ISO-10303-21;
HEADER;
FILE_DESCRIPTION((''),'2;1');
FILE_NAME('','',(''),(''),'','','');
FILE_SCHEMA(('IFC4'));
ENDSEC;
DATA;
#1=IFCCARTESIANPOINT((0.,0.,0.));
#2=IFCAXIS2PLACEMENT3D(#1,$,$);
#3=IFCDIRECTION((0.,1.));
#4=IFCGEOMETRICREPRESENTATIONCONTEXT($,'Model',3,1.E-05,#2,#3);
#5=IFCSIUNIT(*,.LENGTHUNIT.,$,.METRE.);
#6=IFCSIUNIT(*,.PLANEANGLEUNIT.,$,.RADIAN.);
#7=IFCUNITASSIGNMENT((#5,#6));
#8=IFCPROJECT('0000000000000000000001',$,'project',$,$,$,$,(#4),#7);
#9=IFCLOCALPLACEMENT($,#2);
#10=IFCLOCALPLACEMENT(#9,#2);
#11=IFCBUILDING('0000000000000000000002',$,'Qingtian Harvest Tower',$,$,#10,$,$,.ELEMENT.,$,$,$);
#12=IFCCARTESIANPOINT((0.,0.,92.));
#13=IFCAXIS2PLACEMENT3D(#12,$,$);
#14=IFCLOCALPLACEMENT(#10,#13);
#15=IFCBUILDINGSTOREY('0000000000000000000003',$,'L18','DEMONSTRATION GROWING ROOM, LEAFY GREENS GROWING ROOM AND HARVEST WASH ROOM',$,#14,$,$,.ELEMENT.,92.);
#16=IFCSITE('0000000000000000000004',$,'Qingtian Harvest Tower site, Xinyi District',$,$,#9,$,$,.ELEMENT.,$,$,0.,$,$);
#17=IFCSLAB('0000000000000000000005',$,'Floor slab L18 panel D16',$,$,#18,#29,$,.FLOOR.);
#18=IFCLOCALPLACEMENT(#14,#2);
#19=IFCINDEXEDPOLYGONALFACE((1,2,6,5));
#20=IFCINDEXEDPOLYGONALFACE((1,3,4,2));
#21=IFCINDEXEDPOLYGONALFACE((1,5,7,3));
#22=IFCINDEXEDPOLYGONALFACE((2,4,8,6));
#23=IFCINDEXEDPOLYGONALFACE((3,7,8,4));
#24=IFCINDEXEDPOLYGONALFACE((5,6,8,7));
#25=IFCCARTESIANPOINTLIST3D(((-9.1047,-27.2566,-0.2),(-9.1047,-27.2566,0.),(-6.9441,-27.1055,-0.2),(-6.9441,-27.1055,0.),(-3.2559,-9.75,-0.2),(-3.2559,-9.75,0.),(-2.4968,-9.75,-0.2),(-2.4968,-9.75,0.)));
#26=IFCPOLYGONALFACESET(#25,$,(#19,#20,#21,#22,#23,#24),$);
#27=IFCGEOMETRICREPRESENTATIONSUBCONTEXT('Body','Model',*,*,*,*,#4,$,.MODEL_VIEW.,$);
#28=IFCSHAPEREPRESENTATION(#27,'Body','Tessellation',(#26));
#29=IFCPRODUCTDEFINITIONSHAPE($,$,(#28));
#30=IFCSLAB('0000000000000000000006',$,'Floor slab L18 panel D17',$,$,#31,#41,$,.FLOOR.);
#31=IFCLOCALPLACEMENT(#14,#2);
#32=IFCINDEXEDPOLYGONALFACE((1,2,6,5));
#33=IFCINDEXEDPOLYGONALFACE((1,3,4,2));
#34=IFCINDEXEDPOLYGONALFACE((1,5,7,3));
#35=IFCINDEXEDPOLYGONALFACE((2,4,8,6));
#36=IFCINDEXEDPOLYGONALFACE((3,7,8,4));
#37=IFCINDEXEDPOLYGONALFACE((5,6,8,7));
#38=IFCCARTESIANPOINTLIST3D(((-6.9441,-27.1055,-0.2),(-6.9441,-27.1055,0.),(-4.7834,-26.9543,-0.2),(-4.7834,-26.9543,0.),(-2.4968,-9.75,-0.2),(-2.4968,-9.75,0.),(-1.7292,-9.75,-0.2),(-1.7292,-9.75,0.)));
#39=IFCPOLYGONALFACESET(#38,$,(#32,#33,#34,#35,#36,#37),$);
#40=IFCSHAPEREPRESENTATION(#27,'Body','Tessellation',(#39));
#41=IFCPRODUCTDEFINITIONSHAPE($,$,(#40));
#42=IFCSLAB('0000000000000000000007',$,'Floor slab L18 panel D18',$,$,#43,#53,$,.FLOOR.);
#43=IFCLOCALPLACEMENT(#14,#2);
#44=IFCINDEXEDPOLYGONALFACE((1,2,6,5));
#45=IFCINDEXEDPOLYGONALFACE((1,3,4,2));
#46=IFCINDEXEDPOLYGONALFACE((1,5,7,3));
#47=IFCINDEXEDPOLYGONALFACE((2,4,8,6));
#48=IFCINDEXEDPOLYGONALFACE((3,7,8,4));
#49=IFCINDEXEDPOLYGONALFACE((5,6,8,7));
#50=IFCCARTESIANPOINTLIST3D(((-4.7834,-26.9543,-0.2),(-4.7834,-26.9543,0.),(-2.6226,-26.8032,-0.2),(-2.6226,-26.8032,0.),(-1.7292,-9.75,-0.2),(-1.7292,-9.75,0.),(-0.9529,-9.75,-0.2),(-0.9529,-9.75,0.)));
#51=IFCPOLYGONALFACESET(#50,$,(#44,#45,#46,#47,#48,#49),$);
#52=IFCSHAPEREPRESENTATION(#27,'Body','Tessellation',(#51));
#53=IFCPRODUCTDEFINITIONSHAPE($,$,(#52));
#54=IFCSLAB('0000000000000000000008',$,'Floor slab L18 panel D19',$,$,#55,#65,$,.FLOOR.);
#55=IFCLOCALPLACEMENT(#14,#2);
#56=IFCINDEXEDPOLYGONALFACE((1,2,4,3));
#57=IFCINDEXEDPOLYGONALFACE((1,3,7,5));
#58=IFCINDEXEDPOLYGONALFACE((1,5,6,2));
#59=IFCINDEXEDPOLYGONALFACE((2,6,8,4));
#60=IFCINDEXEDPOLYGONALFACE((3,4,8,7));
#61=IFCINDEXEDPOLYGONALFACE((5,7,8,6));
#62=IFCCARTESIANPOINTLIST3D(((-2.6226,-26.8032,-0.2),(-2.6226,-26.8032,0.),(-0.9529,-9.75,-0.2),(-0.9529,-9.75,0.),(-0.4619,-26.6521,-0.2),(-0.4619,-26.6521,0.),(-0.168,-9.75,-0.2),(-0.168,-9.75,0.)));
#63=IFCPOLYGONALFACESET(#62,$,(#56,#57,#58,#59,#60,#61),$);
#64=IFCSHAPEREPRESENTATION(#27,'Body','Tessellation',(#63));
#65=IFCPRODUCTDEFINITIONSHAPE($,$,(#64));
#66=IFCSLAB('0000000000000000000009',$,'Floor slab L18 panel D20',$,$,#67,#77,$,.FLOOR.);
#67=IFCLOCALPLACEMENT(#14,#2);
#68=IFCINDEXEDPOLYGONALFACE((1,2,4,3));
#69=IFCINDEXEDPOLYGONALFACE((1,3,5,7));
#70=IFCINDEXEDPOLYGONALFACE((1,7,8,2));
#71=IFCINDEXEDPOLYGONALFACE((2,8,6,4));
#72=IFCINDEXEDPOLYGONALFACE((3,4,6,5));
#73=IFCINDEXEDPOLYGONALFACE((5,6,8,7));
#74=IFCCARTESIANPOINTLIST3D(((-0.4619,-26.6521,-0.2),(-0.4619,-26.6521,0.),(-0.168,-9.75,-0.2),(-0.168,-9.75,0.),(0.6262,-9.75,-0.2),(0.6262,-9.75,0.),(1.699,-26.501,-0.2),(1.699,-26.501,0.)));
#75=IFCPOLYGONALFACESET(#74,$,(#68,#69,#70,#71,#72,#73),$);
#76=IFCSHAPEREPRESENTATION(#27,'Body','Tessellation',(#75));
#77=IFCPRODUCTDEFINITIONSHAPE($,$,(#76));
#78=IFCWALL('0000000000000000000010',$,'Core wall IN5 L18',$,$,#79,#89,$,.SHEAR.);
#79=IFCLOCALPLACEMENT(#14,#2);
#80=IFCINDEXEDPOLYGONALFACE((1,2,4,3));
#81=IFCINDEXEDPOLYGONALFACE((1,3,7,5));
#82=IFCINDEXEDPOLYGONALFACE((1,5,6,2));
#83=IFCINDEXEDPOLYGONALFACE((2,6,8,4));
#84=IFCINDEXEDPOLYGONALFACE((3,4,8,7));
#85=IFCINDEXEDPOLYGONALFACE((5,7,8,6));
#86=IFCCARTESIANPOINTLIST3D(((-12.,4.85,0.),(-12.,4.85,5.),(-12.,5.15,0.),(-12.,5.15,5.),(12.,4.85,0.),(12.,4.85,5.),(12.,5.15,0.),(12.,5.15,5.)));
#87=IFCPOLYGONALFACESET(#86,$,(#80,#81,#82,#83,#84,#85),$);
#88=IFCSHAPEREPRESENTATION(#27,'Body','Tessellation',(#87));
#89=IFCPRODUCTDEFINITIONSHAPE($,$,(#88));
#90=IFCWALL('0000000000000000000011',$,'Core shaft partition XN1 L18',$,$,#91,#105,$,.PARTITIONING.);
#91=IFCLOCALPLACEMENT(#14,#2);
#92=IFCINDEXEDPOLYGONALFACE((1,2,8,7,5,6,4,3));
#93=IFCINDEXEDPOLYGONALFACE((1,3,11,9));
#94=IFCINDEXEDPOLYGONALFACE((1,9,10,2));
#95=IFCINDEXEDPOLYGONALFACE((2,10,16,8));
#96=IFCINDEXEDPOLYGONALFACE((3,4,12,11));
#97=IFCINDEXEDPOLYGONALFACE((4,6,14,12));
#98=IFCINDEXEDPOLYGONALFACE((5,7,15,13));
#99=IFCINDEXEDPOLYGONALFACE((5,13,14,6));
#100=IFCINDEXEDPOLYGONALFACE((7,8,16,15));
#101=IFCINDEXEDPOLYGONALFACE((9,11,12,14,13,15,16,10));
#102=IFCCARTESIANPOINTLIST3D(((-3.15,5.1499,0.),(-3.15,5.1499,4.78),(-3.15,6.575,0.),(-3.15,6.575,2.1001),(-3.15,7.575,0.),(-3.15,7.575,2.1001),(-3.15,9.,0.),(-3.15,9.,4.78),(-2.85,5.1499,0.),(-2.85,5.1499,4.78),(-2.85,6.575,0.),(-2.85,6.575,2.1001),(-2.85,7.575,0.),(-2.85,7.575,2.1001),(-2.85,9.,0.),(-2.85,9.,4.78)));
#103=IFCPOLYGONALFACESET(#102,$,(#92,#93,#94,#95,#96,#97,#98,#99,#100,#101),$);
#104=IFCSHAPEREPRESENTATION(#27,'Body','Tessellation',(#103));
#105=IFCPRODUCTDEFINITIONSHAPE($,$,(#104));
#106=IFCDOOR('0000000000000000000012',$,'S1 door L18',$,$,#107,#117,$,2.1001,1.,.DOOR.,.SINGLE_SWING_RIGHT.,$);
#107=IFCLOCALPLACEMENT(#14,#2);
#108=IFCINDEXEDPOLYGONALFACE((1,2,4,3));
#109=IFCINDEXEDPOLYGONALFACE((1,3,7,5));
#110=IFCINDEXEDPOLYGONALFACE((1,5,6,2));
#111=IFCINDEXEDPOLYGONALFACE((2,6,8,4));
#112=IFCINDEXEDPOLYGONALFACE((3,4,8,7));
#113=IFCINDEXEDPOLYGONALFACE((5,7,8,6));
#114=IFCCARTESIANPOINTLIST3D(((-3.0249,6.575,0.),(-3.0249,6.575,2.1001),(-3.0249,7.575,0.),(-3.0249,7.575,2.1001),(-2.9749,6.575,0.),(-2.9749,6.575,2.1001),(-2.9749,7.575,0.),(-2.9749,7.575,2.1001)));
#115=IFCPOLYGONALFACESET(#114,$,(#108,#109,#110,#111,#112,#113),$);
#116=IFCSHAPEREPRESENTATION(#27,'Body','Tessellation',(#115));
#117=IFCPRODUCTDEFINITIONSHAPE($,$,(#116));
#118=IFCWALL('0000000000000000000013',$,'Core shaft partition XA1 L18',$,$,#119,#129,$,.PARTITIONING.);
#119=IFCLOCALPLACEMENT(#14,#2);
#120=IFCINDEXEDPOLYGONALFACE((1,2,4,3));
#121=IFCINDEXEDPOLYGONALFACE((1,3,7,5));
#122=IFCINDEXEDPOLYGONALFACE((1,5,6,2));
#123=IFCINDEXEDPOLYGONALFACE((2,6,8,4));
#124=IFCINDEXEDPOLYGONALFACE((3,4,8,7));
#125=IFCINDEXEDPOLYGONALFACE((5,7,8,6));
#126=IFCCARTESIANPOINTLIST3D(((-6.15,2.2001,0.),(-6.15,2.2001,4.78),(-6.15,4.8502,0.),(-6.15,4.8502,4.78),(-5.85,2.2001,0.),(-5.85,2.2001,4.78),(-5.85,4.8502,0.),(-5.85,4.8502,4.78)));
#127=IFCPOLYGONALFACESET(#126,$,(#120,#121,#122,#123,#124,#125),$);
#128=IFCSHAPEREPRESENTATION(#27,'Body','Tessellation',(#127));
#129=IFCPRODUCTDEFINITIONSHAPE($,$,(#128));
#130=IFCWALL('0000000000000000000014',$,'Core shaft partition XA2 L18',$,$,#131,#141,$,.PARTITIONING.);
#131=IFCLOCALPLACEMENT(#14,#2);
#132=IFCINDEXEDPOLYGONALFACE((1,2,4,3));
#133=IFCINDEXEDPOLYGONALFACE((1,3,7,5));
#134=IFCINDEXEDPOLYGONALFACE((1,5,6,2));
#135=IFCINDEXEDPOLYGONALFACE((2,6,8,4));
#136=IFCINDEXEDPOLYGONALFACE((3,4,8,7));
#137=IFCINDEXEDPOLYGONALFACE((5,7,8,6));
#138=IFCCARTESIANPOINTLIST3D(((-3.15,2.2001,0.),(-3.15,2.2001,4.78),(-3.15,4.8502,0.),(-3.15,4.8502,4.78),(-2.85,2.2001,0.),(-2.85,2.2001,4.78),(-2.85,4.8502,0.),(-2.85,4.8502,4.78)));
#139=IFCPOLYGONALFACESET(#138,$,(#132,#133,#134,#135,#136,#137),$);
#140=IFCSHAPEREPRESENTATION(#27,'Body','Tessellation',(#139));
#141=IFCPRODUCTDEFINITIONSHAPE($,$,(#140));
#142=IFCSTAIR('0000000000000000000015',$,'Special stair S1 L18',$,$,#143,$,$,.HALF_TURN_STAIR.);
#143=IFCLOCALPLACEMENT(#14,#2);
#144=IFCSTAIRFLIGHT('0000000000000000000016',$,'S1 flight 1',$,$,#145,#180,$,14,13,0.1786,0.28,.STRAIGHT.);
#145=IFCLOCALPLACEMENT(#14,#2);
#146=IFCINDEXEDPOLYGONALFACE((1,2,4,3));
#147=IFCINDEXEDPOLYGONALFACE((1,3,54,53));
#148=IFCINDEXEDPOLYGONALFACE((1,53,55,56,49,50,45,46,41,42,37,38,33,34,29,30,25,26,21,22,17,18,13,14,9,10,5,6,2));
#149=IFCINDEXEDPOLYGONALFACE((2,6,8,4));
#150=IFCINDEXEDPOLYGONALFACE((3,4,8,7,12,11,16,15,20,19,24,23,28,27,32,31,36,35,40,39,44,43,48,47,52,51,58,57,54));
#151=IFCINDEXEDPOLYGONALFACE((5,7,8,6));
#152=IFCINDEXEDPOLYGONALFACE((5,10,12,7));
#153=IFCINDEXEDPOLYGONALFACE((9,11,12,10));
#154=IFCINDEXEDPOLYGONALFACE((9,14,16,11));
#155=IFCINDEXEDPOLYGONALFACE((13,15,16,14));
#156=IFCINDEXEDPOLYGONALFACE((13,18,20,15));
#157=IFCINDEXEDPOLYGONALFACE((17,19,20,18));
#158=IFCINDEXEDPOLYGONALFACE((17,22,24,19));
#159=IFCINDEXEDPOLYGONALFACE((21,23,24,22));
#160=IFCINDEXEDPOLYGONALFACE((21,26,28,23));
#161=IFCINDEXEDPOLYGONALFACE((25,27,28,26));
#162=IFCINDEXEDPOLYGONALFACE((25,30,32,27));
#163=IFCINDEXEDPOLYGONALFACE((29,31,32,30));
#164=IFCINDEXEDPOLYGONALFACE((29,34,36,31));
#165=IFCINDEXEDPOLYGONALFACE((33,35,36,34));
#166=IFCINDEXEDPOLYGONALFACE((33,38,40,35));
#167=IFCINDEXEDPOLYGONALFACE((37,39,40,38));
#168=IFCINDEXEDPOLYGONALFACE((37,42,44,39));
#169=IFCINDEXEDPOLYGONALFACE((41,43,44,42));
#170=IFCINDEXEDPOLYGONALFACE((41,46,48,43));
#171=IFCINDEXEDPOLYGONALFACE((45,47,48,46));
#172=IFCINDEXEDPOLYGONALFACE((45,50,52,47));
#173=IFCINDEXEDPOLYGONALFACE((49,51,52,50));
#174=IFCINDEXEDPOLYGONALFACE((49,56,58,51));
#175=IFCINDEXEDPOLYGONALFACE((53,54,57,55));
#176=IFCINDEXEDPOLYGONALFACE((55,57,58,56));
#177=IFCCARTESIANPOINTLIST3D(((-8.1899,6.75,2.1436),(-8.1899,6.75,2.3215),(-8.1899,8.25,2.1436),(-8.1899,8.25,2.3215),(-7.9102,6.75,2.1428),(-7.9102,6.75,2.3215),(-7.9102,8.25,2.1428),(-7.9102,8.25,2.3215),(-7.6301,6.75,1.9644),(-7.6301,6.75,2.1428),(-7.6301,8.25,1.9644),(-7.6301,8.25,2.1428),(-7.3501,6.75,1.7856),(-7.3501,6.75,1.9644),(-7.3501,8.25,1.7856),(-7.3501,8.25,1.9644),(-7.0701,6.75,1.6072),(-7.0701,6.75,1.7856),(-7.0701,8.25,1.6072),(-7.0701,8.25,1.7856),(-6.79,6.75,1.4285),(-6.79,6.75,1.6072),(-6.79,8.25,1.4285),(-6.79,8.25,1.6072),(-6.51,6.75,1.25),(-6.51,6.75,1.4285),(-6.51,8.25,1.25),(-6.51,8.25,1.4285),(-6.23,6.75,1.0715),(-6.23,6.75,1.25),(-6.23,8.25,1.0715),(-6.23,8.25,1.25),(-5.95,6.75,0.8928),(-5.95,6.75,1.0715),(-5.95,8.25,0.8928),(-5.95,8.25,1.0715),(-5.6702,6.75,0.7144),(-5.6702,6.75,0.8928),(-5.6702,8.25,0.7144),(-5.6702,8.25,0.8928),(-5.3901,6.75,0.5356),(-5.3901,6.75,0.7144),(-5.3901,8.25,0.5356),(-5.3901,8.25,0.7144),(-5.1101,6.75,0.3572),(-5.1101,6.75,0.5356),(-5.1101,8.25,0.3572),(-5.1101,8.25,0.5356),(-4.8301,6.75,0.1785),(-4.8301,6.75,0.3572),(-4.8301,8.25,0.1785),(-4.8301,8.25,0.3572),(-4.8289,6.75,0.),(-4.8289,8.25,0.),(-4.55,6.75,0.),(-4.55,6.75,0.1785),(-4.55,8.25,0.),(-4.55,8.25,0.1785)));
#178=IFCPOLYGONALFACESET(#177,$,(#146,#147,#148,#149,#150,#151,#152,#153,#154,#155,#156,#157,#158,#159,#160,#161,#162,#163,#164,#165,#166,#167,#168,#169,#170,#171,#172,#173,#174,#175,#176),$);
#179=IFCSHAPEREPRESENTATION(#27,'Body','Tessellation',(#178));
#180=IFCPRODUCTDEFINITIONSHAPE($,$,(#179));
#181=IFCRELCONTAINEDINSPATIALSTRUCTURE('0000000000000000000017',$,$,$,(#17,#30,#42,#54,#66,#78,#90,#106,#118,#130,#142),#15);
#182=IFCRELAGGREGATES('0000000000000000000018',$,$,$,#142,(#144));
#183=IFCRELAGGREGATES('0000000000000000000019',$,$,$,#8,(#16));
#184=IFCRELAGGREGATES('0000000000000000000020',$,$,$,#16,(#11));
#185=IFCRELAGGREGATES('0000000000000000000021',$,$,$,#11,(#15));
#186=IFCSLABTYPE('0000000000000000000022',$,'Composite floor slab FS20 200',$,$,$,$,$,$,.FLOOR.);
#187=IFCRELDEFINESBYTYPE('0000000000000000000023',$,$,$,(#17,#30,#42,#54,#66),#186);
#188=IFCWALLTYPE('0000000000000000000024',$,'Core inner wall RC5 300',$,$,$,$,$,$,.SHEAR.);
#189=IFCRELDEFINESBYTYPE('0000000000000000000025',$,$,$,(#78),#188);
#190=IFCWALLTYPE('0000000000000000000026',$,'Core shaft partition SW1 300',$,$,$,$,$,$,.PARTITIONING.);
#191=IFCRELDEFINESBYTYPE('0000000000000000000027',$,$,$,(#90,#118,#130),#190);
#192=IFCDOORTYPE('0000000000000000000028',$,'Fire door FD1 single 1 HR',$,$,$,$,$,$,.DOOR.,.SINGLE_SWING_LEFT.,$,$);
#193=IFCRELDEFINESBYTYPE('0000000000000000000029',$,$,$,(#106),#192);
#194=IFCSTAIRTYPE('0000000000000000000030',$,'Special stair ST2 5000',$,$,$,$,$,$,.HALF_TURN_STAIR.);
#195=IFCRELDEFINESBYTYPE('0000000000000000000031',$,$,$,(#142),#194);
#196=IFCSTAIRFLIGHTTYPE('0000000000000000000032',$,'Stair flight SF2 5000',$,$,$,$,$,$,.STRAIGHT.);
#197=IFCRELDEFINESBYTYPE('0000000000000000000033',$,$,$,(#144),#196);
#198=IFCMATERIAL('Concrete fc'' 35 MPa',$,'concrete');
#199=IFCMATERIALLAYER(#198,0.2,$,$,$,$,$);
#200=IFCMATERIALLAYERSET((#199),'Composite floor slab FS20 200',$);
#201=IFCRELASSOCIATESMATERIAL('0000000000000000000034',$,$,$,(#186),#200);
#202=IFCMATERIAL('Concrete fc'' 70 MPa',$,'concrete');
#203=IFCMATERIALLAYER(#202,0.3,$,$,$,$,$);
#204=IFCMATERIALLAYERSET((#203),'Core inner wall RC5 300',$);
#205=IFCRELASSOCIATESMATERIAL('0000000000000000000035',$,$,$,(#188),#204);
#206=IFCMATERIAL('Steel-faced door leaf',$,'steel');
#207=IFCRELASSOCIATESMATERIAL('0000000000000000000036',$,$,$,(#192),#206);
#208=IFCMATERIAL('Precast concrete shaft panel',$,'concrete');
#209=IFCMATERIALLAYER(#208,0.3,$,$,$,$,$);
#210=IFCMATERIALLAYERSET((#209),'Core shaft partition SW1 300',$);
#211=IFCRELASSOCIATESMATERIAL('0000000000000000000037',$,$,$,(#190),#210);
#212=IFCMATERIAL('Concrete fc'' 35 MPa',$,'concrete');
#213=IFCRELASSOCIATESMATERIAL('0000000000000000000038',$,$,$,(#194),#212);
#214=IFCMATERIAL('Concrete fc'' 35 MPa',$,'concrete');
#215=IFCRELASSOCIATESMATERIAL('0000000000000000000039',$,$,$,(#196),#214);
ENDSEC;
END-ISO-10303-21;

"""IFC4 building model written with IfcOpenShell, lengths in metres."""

from ifc_helpers import new_model, si_unit, direction, frame, frame_2d, origin, place, context, subcontext, project, spatial, polyline, rectangle, outline, extrude, material, layer, layer_set, type_object, element, fill, aggregate, save


model = new_model("IFC4")

# Units and contexts
model_context = context("Model", 3, precision=1e-05, world=origin(), true_north=direction((0.0, 1.0)))
body_context = subcontext(model_context, "Body", "Model", "MODEL_VIEW")
ifc_project = project(units=[si_unit("LENGTHUNIT", "METRE"), si_unit("PLANEANGLEUNIT", "RADIAN")], contexts=[model_context])

# Site, building, storey
site_placement = place(None, origin())
site = spatial("IfcSite", under=ifc_project, at=site_placement, Name="Qingtian Harvest Tower site, Xinyi District", CompositionType="ELEMENT", RefElevation=0.0)
building_placement = place(site_placement, origin())
building = spatial("IfcBuilding", under=site, at=building_placement, Name="Qingtian Harvest Tower", CompositionType="ELEMENT")
storey_placement = place(building_placement, frame((0.0, 0.0, 92.0)))
storey = spatial("IfcBuildingStorey", under=building, at=storey_placement, Name="L18", Description="DEMONSTRATION GROWING ROOM, LEAFY GREENS GROWING ROOM AND HARVEST WASH ROOM", CompositionType="ELEMENT", Elevation=92.0)

# Slabs
ifc_material_1 = material(Name="Concrete fc' 35 MPa", Category="concrete")
ifc_layer_1 = layer(ifc_material_1, 0.2)
ifc_layer_set_1 = layer_set([ifc_layer_1], Name="Composite floor slab FS20 200")
slab_type = type_object("IfcSlabType", Name="Composite floor slab FS20 200", PredefinedType="FLOOR", material=ifc_layer_set_1)
slab_1_placement = place(storey_placement, frame((0.0, 0.0, -0.2)))
element("IfcSlab", 1, at=slab_1_placement, inside=storey, type_object=slab_type, Name="Floor slab L18 panel D16", PredefinedType="FLOOR", context=body_context, shape_type="SweptSolid", body=[
    extrude(outline(polyline([(-2.4968, -9.75), (-6.9441, -27.1055), (-9.1047, -27.2566), (-3.2559, -9.75), (-2.4968, -9.75)])), origin(), (0.0, 0.0, 1.0), 0.2),
])
slab_2_placement = place(storey_placement, frame((0.0, 0.0, -0.2)))
element("IfcSlab", 2, at=slab_2_placement, inside=storey, type_object=slab_type, Name="Floor slab L18 panel D17", PredefinedType="FLOOR", context=body_context, shape_type="SweptSolid", body=[
    extrude(outline(polyline([(-1.7292, -9.75), (-4.7834, -26.9543), (-6.9441, -27.1055), (-2.4968, -9.75), (-1.7292, -9.75)])), origin(), (0.0, 0.0, 1.0), 0.2),
])
slab_3_placement = place(storey_placement, frame((0.0, 0.0, -0.2)))
element("IfcSlab", 3, at=slab_3_placement, inside=storey, type_object=slab_type, Name="Floor slab L18 panel D18", PredefinedType="FLOOR", context=body_context, shape_type="SweptSolid", body=[
    extrude(outline(polyline([(-0.9529, -9.75), (-2.6226, -26.8032), (-4.7834, -26.9543), (-1.7292, -9.75), (-0.9529, -9.75)])), origin(), (0.0, 0.0, 1.0), 0.2),
])
slab_4_placement = place(storey_placement, frame((0.0, 0.0, -0.2)))
element("IfcSlab", 4, at=slab_4_placement, inside=storey, type_object=slab_type, Name="Floor slab L18 panel D19", PredefinedType="FLOOR", context=body_context, shape_type="SweptSolid", body=[
    extrude(outline(polyline([(-0.168, -9.75), (-0.4619, -26.6521), (-2.6226, -26.8032), (-0.9529, -9.75), (-0.168, -9.75)])), origin(), (0.0, 0.0, 1.0), 0.2),
])
slab_5_placement = place(storey_placement, frame((0.0, 0.0, -0.2)))
element("IfcSlab", 5, at=slab_5_placement, inside=storey, type_object=slab_type, Name="Floor slab L18 panel D20", PredefinedType="FLOOR", context=body_context, shape_type="SweptSolid", body=[
    extrude(outline(polyline([(0.6262, -9.75), (1.699, -26.501), (-0.4619, -26.6521), (-0.168, -9.75), (0.6262, -9.75)])), origin(), (0.0, 0.0, 1.0), 0.2),
])

# Wall
ifc_material_2 = material(Name="Concrete fc' 70 MPa", Category="concrete")
ifc_layer_2 = layer(ifc_material_2, 0.3)
ifc_layer_set_2 = layer_set([ifc_layer_2], Name="Core inner wall RC5 300")
wall_type_1 = type_object("IfcWallType", Name="Core inner wall RC5 300", PredefinedType="SHEAR", material=ifc_layer_set_2)
wall_1_placement = place(storey_placement, frame((-12.0, 5.0, 0.0), z_axis=(0.0, 0.0, 1.0), x_axis=(1.0, 0.0, 0.0)))
element("IfcWall", 6, at=wall_1_placement, inside=storey, type_object=wall_type_1, Name="Core wall IN5 L18", PredefinedType="SHEAR", context=body_context, shape_type="SweptSolid", body=[
    extrude(rectangle(XDim=24.0, YDim=0.3, at=frame_2d((12.0, 0.0))), origin(), (0.0, 0.0, 1.0), 5.0),
])

# Shared definitions
ifc_material_3 = material(Name="Steel-faced door leaf", Category="steel")
door_type_1 = type_object("IfcDoorType", Name="Fire door FD1 single 1 HR", OperationType="SINGLE_SWING_LEFT", PredefinedType="DOOR", material=ifc_material_3)

# Wall, opening, door
ifc_material_4 = material(Name="Precast concrete shaft panel", Category="concrete")
ifc_layer_3 = layer(ifc_material_4, 0.3)
ifc_layer_set_3 = layer_set([ifc_layer_3], Name="Core shaft partition SW1 300")
wall_type_2 = type_object("IfcWallType", Name="Core shaft partition SW1 300", PredefinedType="PARTITIONING", material=ifc_layer_set_3)
wall_2_placement = place(storey_placement, frame((-3.0, 5.1499, 0.0), z_axis=(0.0, 0.0, 1.0), x_axis=(0.0, 1.0, 0.0)))
wall_2 = element("IfcWall", 7, at=wall_2_placement, inside=storey, type_object=wall_type_2, Name="Core shaft partition XN1 L18", PredefinedType="PARTITIONING", context=body_context, shape_type="SweptSolid", body=[
    extrude(rectangle(XDim=3.8501, YDim=0.3, at=frame_2d((1.925, 0.0))), origin(), (0.0, 0.0, 1.0), 4.78),
])
opening_1_placement = place(wall_2_placement, frame((1.425, 0.0, 0.0)))
opening_1 = element("IfcOpeningElement", 8, at=opening_1_placement, cuts=wall_2, PredefinedType="OPENING", context=body_context, shape_type="SweptSolid", body=[
    extrude(rectangle(XDim=1.0, YDim=2.1001, at=frame_2d((0.5, 1.05))), frame((0.0, 0.1599, 0.0), z_axis=(0.0, -1.0, 0.0), x_axis=(1.0, 0.0, 0.0)), (0.0, 0.0, 1.0), 0.3201),
])
door_1_placement = place(opening_1_placement, origin())
door_1 = element("IfcDoor", 9, at=door_1_placement, inside=storey, type_object=door_type_1, Name="S1 door L18", OperationType="SINGLE_SWING_RIGHT", OverallHeight=2.1001, OverallWidth=1.0, PredefinedType="DOOR", context=body_context, shape_type="SweptSolid", body=[
    extrude(rectangle(XDim=1.0, YDim=2.1001, at=frame_2d((0.5, 1.05))), frame((0.0, 0.0249, 0.0), z_axis=(0.0, -1.0, 0.0), x_axis=(1.0, 0.0, 0.0)), (0.0, 0.0, 1.0), 0.05),
])
fill(opening_1, door_1)

# Walls
for number, where, z_axis, x_axis, name in (
    (10, (-6.0, 2.2, 0.0), (0.0, 0.0, 1.0), (0.0, 1.0, 0.0), "Core shaft partition XA1 L18"),
    (11, (-3.0, 2.2, 0.0), (0.0, 0.0, 1.0), (0.0, 1.0, 0.0), "Core shaft partition XA2 L18"),
):
    element("IfcWall", number, at=place(storey_placement, frame(where, z_axis=z_axis, x_axis=x_axis)), inside=storey, type_object=wall_type_2, Name=name, PredefinedType="PARTITIONING", context=body_context, shape_type="SweptSolid", body=[
        extrude(rectangle(XDim=2.6501, YDim=0.3, at=frame_2d((1.3252, 0.0))), origin(), (0.0, 0.0, 1.0), 4.78),
    ])

# Stair, stair flight
ifc_material_5 = material(Name="Concrete fc' 35 MPa", Category="concrete")
stair_type = type_object("IfcStairType", Name="Special stair ST2 5000", PredefinedType="HALF_TURN_STAIR", material=ifc_material_5)
stair_placement = place(storey_placement, origin())
stair = element("IfcStair", 12, at=stair_placement, inside=storey, type_object=stair_type, Name="Special stair S1 L18", PredefinedType="HALF_TURN_STAIR")
ifc_material_6 = material(Name="Concrete fc' 35 MPa", Category="concrete")
stair_flight_type = type_object("IfcStairFlightType", Name="Stair flight SF2 5000", PredefinedType="STRAIGHT", material=ifc_material_6)
stair_flight_1_placement = place(storey_placement, frame((-4.55, 7.5, 0.0), z_axis=(0.0, 0.0, 1.0), x_axis=(-1.0, 0.0, 0.0)))
stair_flight_1 = element("IfcStairFlight", 13, at=stair_flight_1_placement, type_object=stair_flight_type, Name="S1 flight 1", NumberOfRisers=14, NumberOfTreads=13, PredefinedType="STRAIGHT", RiserHeight=0.1786, TreadLength=0.28, context=body_context, shape_type="SweptSolid", body=[
    extrude(outline(polyline([(0.0, 0.0), (0.0, 0.1785), (0.28, 0.1785), (0.28, 0.3572), (0.5601, 0.3572), (0.5601, 0.5356), (0.8401, 0.5356), (0.8401, 0.7144), (1.1201, 0.7144), (1.1201, 0.8928), (1.3999, 0.8928), (1.3999, 1.0715), (1.6799, 1.0715), (1.6799, 1.25), (1.96, 1.25), (1.96, 1.4285), (2.24, 1.4285), (2.24, 1.6072), (2.52, 1.6072), (2.52, 1.7856), (2.8, 1.7856), (2.8, 1.9644), (3.0801, 1.9644), (3.0801, 2.1428), (3.3601, 2.1428), (3.3601, 2.3215), (3.6399, 2.3215), (3.6399, 2.5), (3.6399, 2.1436), (0.2788, 0.0), (0.0, 0.0)])), frame((0.0, 0.75, 0.0), z_axis=(0.0, -1.0, 0.0), x_axis=(1.0, 0.0, 0.0)), (0.0, 0.0, 1.0), 1.5),
])
aggregate(stair, [stair_flight_1])

save(model, "model.ifc")
